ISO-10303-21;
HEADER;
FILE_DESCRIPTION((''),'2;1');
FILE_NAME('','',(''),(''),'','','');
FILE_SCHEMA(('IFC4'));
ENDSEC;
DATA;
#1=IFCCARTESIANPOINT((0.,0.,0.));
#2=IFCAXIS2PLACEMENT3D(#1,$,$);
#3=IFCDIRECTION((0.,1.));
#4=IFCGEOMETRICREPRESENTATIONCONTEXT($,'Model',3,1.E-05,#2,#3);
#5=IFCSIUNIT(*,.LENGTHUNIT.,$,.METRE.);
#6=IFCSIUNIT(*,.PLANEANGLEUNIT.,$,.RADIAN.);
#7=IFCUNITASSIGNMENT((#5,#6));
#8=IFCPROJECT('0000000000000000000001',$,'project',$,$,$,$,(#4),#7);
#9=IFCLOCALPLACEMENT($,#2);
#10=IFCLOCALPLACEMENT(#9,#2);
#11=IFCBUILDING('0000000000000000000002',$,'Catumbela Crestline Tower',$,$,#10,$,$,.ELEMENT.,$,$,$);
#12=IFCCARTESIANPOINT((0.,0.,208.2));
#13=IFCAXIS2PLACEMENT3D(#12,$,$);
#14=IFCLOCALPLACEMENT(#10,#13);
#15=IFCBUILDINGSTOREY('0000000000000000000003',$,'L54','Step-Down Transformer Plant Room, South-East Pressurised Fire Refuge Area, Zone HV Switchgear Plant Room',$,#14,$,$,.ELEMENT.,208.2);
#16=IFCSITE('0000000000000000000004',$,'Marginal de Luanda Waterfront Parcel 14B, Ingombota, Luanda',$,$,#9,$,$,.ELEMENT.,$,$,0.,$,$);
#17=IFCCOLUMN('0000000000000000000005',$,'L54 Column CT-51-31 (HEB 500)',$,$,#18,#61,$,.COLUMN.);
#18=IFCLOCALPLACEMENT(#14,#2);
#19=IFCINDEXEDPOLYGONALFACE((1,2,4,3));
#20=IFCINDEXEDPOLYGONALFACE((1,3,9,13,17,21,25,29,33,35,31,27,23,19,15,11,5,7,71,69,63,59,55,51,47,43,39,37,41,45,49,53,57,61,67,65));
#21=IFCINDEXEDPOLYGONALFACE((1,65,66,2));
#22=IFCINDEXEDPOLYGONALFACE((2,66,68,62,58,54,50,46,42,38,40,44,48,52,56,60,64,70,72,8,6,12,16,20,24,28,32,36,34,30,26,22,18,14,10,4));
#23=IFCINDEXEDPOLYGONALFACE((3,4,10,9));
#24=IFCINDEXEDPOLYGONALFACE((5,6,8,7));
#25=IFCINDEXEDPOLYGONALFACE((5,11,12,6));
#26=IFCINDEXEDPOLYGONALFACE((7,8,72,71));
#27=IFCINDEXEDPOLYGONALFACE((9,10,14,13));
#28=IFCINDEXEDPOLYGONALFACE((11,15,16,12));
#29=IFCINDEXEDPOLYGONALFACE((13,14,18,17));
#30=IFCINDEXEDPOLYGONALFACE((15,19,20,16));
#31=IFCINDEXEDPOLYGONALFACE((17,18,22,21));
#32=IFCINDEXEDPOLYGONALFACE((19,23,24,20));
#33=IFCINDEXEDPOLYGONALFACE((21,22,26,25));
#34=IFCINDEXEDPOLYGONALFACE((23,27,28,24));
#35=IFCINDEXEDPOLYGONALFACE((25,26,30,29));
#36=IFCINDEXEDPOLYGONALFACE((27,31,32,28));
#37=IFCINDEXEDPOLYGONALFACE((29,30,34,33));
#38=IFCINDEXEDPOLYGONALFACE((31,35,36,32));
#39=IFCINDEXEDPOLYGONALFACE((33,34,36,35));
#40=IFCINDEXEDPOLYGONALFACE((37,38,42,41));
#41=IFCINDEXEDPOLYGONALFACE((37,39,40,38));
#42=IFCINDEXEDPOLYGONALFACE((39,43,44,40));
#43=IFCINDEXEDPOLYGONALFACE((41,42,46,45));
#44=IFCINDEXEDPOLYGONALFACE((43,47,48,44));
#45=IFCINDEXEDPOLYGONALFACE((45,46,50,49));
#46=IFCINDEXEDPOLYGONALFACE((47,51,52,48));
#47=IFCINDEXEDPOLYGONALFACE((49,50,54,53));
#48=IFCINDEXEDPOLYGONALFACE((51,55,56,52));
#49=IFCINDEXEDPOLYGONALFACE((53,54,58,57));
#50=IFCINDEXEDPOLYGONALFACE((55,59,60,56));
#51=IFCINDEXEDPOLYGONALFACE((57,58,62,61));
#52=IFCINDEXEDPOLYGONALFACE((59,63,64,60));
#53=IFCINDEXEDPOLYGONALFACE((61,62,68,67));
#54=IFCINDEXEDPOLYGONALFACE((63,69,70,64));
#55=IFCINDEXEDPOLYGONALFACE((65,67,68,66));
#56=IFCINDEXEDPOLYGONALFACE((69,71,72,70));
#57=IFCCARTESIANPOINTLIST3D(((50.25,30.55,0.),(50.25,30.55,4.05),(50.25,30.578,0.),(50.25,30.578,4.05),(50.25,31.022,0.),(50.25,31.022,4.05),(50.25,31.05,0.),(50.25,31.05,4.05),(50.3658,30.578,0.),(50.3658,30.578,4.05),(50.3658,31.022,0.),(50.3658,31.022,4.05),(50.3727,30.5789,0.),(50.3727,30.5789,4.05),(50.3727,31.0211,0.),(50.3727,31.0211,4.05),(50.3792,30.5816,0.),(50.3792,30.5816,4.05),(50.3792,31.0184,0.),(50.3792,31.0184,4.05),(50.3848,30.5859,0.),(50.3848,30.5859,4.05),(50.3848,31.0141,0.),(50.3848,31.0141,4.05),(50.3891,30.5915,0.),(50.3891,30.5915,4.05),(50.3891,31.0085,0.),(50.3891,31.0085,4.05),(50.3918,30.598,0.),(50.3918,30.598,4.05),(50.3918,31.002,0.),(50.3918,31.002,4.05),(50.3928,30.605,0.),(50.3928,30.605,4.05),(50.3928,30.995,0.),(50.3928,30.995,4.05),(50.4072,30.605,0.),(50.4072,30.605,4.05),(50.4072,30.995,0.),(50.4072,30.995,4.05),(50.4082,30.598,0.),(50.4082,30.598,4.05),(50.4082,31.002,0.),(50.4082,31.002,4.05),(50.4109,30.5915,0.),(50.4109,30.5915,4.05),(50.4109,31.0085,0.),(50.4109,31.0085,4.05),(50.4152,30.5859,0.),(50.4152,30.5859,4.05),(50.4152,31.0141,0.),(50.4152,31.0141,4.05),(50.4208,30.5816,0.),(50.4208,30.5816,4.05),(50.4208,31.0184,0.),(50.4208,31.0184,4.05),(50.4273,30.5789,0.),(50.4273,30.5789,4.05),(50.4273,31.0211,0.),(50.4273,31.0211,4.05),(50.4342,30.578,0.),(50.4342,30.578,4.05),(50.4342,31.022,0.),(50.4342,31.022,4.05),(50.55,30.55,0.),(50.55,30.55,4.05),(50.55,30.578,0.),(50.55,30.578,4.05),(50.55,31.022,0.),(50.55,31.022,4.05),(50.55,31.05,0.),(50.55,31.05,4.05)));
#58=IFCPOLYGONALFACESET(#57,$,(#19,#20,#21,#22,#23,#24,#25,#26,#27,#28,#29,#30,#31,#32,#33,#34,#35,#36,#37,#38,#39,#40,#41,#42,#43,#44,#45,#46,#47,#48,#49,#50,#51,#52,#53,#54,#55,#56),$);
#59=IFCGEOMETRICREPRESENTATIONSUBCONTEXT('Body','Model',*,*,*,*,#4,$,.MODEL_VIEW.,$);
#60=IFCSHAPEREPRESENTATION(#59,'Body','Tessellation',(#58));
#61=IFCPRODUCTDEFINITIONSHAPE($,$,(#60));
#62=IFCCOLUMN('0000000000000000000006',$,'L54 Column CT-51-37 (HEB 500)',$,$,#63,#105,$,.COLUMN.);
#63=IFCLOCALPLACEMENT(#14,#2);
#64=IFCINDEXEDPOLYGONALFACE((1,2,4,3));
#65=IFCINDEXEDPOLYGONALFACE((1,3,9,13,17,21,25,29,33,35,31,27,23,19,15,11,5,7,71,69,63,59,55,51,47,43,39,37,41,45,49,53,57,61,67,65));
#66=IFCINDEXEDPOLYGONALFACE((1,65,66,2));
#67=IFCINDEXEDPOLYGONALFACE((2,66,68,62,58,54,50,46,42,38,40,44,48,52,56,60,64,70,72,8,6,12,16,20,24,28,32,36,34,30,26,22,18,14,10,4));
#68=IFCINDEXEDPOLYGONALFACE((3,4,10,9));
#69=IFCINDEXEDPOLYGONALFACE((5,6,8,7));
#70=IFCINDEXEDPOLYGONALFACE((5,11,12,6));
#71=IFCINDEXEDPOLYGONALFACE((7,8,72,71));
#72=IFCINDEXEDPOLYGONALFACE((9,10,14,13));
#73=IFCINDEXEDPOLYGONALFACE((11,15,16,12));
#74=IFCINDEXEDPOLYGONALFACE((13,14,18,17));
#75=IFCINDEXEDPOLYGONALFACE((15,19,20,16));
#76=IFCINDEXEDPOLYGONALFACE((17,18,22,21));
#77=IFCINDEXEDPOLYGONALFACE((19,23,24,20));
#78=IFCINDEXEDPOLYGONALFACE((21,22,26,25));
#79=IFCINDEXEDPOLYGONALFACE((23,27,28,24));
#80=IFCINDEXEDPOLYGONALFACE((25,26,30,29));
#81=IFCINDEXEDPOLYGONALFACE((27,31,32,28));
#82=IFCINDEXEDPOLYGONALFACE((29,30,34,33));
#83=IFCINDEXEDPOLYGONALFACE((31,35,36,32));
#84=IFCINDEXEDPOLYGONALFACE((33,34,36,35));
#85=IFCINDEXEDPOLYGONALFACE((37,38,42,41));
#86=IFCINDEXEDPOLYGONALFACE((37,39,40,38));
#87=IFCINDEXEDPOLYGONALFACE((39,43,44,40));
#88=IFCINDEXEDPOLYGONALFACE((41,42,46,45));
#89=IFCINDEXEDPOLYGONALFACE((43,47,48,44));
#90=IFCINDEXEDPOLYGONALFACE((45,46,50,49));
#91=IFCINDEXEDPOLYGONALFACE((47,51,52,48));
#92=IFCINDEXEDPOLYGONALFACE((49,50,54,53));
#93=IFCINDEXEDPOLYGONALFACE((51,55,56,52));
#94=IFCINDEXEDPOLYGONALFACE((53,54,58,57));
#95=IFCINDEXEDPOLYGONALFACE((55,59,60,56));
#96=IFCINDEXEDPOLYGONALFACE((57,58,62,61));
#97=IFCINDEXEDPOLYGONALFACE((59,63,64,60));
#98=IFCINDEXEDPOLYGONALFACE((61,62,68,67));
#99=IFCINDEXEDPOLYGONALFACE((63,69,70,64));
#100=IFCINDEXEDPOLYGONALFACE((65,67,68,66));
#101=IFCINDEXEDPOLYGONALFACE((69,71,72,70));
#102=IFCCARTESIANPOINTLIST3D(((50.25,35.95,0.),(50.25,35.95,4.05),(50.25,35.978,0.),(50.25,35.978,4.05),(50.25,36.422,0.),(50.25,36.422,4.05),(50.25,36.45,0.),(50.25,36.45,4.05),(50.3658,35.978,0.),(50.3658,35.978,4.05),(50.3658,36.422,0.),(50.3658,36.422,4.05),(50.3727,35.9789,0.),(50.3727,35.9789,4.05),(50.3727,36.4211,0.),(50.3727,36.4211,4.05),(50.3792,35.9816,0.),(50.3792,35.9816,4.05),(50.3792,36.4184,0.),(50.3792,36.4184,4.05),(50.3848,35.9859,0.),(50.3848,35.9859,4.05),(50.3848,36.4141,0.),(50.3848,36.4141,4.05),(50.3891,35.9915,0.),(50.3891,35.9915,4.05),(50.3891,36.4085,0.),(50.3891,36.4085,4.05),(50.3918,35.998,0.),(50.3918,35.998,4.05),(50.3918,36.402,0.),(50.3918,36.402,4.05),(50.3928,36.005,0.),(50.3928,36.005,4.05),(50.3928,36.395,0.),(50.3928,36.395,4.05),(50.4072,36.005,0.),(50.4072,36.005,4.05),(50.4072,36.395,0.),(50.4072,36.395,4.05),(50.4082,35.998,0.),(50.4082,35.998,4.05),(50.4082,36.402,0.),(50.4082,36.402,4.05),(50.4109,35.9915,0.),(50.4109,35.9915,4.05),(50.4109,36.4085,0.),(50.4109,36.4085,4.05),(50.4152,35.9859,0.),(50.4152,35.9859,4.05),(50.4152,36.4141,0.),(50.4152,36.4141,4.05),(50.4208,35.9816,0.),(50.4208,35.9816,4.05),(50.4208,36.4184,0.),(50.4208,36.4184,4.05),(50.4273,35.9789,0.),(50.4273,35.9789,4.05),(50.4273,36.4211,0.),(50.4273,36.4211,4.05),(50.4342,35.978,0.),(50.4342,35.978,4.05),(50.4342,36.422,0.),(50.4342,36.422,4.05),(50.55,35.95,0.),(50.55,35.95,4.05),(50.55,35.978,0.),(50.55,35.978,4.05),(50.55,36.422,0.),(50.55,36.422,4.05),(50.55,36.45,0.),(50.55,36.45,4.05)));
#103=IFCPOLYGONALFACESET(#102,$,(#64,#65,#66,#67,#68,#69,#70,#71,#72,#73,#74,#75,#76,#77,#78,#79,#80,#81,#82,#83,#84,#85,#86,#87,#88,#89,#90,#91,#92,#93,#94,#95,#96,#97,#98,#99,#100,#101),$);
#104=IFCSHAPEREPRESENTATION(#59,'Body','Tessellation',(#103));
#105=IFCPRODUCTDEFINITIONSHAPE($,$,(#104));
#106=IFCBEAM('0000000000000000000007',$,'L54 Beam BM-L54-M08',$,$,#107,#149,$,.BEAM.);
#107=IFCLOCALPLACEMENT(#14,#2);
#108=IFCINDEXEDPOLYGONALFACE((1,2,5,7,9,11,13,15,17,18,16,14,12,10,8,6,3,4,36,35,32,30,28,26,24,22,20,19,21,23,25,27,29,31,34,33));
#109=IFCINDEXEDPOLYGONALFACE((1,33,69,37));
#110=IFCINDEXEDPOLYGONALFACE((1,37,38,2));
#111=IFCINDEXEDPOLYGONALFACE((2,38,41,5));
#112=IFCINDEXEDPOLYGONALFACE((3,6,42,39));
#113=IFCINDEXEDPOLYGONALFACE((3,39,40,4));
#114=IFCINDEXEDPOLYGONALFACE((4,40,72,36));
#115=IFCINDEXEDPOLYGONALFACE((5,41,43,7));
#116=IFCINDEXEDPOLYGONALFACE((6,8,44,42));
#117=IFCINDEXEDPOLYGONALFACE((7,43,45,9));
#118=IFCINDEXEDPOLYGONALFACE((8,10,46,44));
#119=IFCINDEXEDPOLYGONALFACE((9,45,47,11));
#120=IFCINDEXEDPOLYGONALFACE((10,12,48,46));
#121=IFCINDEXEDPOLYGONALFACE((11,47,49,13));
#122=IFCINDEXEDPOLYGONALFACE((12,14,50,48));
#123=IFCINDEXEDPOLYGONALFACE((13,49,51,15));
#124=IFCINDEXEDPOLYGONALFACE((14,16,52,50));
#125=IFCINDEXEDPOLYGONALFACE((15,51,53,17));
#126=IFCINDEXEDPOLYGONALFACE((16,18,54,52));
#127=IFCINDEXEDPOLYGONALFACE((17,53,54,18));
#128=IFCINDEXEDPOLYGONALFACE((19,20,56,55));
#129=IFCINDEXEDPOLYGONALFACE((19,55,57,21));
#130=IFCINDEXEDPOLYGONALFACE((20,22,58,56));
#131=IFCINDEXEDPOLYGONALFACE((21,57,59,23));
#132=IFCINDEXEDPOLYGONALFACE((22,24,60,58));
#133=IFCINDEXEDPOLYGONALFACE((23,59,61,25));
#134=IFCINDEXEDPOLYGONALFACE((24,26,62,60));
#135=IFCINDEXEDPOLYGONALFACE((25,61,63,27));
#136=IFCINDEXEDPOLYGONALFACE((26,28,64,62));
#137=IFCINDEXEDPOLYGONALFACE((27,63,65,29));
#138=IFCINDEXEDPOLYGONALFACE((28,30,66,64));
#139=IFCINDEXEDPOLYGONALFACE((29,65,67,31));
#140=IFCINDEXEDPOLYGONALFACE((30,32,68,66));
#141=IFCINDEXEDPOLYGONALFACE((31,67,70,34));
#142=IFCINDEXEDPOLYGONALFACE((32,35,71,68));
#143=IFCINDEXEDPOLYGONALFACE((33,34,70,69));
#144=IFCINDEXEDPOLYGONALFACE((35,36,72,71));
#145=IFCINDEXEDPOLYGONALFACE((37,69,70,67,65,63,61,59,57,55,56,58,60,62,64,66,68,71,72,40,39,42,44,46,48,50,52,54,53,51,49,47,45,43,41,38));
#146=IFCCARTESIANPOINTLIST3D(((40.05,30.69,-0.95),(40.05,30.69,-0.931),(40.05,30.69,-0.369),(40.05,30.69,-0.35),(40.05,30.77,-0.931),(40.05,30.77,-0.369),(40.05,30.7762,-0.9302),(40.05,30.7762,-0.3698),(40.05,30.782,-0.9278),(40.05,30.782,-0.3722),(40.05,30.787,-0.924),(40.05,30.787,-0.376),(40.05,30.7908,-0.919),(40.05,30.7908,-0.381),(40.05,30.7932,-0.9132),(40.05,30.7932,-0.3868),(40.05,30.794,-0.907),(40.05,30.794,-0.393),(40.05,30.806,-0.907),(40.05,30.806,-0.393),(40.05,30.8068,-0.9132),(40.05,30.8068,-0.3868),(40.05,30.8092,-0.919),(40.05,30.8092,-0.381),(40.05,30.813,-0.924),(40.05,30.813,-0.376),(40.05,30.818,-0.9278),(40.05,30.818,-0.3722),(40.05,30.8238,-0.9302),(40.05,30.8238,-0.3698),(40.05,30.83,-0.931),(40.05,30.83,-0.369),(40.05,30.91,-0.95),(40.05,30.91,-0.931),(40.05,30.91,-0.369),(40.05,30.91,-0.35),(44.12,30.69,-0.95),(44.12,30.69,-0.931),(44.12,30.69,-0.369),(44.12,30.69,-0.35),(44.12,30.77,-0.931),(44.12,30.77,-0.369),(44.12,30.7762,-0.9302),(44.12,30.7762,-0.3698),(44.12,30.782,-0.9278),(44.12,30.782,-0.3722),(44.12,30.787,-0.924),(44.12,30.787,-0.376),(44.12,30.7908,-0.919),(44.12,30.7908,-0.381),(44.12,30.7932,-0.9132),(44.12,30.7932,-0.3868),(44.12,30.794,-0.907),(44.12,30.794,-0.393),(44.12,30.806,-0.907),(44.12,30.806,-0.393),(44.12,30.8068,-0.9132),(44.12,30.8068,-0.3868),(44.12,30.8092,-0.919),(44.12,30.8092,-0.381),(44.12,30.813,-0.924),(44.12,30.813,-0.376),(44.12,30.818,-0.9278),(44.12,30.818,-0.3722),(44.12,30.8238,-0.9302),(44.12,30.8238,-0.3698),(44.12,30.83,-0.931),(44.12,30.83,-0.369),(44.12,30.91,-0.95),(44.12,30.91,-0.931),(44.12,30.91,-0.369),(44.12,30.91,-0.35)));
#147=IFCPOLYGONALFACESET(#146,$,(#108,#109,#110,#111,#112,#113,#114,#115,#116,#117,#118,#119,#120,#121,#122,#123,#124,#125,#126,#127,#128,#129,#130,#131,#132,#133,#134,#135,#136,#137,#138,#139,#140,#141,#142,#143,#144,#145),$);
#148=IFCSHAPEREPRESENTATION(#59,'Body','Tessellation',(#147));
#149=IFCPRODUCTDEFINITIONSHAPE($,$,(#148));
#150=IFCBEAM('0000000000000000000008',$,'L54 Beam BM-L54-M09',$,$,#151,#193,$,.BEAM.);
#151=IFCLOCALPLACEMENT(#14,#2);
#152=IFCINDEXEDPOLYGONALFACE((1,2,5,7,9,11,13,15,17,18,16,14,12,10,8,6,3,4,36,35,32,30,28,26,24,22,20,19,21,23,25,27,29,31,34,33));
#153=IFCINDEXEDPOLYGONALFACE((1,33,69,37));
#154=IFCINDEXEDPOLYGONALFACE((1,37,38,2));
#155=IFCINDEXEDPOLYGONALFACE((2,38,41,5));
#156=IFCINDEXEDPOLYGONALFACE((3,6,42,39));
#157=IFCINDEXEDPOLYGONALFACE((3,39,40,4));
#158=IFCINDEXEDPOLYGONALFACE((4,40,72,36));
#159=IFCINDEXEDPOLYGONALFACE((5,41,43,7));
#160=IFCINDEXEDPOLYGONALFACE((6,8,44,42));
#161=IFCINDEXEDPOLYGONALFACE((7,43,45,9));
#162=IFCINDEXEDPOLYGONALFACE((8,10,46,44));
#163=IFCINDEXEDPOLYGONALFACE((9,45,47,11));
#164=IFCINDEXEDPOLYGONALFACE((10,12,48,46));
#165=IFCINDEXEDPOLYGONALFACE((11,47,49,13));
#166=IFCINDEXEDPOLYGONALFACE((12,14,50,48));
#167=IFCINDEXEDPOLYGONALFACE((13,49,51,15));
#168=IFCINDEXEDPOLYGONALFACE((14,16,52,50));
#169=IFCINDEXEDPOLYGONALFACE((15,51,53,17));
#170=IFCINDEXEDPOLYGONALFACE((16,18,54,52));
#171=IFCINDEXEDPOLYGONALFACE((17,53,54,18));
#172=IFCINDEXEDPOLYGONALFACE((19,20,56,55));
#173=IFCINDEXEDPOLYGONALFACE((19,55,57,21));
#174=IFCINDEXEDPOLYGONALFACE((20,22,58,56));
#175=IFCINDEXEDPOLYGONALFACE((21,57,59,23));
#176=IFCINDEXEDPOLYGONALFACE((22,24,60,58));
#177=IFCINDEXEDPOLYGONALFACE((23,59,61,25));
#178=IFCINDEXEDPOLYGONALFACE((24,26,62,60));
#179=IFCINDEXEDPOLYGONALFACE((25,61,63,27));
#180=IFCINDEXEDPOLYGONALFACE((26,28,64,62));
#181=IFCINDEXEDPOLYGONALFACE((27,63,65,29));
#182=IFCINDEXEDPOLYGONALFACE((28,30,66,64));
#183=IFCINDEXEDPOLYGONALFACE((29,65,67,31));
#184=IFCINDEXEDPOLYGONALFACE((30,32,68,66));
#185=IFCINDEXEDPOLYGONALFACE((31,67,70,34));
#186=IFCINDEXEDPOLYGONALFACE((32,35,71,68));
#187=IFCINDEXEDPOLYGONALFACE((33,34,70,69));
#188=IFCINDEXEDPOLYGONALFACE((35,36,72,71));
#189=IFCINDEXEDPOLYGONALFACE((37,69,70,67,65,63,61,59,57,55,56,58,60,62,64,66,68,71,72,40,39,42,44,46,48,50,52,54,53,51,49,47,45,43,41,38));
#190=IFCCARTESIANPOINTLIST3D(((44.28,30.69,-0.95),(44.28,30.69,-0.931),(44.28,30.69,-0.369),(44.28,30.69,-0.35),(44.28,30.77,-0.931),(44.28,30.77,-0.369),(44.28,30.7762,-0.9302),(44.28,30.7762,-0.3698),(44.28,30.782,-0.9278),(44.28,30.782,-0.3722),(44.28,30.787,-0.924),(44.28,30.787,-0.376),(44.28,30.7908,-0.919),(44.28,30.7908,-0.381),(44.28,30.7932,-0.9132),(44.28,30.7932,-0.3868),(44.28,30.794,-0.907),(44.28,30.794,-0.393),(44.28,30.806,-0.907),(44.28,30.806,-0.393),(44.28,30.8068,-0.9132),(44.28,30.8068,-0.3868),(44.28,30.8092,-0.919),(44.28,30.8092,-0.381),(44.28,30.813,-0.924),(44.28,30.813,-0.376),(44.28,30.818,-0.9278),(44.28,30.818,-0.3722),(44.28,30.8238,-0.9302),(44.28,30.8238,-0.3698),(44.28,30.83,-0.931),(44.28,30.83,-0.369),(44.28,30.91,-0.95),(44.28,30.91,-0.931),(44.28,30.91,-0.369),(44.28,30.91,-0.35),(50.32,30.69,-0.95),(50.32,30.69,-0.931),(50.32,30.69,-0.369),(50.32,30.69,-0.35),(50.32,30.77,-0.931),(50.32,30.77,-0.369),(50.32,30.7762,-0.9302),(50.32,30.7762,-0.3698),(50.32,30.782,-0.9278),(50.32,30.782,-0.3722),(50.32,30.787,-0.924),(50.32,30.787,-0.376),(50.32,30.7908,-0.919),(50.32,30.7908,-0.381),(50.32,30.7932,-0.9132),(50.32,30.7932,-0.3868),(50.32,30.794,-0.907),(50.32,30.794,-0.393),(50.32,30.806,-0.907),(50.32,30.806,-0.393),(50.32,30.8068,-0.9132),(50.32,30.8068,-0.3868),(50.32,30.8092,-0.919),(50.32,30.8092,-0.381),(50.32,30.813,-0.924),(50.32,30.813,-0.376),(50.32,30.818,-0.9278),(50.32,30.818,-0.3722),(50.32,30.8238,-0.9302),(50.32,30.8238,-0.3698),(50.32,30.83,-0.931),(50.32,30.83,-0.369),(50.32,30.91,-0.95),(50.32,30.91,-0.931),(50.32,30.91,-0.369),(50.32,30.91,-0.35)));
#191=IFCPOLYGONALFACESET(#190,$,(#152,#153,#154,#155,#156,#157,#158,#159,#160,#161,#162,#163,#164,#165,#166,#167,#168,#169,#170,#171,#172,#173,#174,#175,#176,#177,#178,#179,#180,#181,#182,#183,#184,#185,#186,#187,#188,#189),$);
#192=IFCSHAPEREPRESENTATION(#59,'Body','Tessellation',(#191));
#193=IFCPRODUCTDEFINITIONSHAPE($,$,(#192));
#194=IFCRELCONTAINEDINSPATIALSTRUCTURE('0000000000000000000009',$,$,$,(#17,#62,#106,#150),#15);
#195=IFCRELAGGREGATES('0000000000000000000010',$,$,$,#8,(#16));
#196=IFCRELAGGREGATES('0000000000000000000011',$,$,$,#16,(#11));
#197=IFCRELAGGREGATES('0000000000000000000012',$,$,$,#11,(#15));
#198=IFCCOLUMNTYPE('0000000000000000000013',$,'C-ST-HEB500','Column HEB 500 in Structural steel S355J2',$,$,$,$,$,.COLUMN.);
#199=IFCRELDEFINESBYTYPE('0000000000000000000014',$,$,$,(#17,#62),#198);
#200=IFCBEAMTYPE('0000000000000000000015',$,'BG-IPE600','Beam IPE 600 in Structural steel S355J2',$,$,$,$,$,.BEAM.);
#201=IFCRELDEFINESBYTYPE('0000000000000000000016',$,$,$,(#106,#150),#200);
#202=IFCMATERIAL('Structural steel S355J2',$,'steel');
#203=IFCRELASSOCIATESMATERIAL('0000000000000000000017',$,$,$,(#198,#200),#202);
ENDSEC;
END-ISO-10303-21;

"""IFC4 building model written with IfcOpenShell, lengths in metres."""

from ifc_helpers import new_model, si_unit, direction, frame, origin, origin_2d, place, context, subcontext, project, spatial, i_section, extrude, material, material_profile, profile_set, type_object, element, save


model = new_model("IFC4")

# Units and contexts
model_context = context("Model", 3, precision=1e-05, world=origin(), true_north=direction((0.0, 1.0)))
body_context = subcontext(model_context, "Body", "Model", "MODEL_VIEW")
ifc_project = project(units=[si_unit("LENGTHUNIT", "METRE"), si_unit("PLANEANGLEUNIT", "RADIAN")], contexts=[model_context])

# Site, building, storey
site_placement = place(None, origin())
site = spatial("IfcSite", under=ifc_project, at=site_placement, Name="Marginal de Luanda Waterfront Parcel 14B, Ingombota, Luanda", CompositionType="ELEMENT", RefElevation=0.0)
building_placement = place(site_placement, origin())
building = spatial("IfcBuilding", under=site, at=building_placement, Name="Catumbela Crestline Tower", CompositionType="ELEMENT")
storey_placement = place(building_placement, frame((0.0, 0.0, 208.2)))
storey = spatial("IfcBuildingStorey", under=building, at=storey_placement, Name="L54", Description="Step-Down Transformer Plant Room, South-East Pressurised Fire Refuge Area, Zone HV Switchgear Plant Room", CompositionType="ELEMENT", Elevation=208.2)

# Columns
ifc_material_1 = material(Name="Structural steel S355J2", Category="steel")
ifc_material_profile_1 = material_profile(ifc_material_1, i_section(OverallWidth=0.3, OverallDepth=0.5, WebThickness=0.0145, FlangeThickness=0.028, FilletRadius=0.027, at=origin_2d()), Name="HEB 500")
ifc_profile_set_1 = profile_set([ifc_material_profile_1], Name="Structural steel S355J2")
column_type_1 = type_object("IfcColumnType", Name="C-ST-HEB500", Description="Column HEB 500 in Structural steel S355J2", PredefinedType="COLUMN", material=ifc_profile_set_1)
for number, where, z_axis, x_axis, name in (
    (1, (50.4, 30.8, 0.0), (0.0, 0.0, 1.0), (1.0, 0.0, 0.0), "L54 Column CT-51-31 (HEB 500)"),
    (2, (50.4, 36.2, 0.0), (0.0, 0.0, 1.0), (1.0, 0.0, 0.0), "L54 Column CT-51-37 (HEB 500)"),
):
    element("IfcColumn", number, at=place(storey_placement, frame(where, z_axis=z_axis, x_axis=x_axis)), inside=storey, type_object=column_type_1, Name=name, PredefinedType="COLUMN", context=body_context, shape_type="SweptSolid", body=[
        extrude(i_section(OverallWidth=0.3, OverallDepth=0.5, WebThickness=0.0145, FlangeThickness=0.028, FilletRadius=0.027, at=origin_2d()), origin(), (0.0, 0.0, 1.0), 4.05),
    ])

# Beams
ifc_material_profile_2 = material_profile(ifc_material_1, i_section(OverallWidth=0.22, OverallDepth=0.6, WebThickness=0.012, FlangeThickness=0.019, FilletRadius=0.024, at=origin_2d()), Name="IPE 600")
ifc_profile_set_2 = profile_set([ifc_material_profile_2], Name="Structural steel S355J2")
beam_type_1 = type_object("IfcBeamType", Name="BG-IPE600", Description="Beam IPE 600 in Structural steel S355J2", PredefinedType="BEAM", material=ifc_profile_set_2)
beam_1_placement = place(storey_placement, frame((40.05, 30.8, -0.65), z_axis=(1.0, 0.0, 0.0), x_axis=(0.0, 1.0, 0.0)))
element("IfcBeam", 3, at=beam_1_placement, inside=storey, type_object=beam_type_1, Name="L54 Beam BM-L54-M08", PredefinedType="BEAM", context=body_context, shape_type="SweptSolid", body=[
    extrude(i_section(OverallWidth=0.22, OverallDepth=0.6, WebThickness=0.012, FlangeThickness=0.019, FilletRadius=0.024, at=origin_2d()), origin(), (0.0, 0.0, 1.0), 4.07),
])
beam_2_placement = place(storey_placement, frame((44.28, 30.8, -0.65), z_axis=(1.0, 0.0, 0.0), x_axis=(0.0, 1.0, 0.0)))
element("IfcBeam", 4, at=beam_2_placement, inside=storey, type_object=beam_type_1, Name="L54 Beam BM-L54-M09", PredefinedType="BEAM", context=body_context, shape_type="SweptSolid", body=[
    extrude(i_section(OverallWidth=0.22, OverallDepth=0.6, WebThickness=0.012, FlangeThickness=0.019, FilletRadius=0.024, at=origin_2d()), origin(), (0.0, 0.0, 1.0), 6.04),
])

save(model, "model.ifc")
